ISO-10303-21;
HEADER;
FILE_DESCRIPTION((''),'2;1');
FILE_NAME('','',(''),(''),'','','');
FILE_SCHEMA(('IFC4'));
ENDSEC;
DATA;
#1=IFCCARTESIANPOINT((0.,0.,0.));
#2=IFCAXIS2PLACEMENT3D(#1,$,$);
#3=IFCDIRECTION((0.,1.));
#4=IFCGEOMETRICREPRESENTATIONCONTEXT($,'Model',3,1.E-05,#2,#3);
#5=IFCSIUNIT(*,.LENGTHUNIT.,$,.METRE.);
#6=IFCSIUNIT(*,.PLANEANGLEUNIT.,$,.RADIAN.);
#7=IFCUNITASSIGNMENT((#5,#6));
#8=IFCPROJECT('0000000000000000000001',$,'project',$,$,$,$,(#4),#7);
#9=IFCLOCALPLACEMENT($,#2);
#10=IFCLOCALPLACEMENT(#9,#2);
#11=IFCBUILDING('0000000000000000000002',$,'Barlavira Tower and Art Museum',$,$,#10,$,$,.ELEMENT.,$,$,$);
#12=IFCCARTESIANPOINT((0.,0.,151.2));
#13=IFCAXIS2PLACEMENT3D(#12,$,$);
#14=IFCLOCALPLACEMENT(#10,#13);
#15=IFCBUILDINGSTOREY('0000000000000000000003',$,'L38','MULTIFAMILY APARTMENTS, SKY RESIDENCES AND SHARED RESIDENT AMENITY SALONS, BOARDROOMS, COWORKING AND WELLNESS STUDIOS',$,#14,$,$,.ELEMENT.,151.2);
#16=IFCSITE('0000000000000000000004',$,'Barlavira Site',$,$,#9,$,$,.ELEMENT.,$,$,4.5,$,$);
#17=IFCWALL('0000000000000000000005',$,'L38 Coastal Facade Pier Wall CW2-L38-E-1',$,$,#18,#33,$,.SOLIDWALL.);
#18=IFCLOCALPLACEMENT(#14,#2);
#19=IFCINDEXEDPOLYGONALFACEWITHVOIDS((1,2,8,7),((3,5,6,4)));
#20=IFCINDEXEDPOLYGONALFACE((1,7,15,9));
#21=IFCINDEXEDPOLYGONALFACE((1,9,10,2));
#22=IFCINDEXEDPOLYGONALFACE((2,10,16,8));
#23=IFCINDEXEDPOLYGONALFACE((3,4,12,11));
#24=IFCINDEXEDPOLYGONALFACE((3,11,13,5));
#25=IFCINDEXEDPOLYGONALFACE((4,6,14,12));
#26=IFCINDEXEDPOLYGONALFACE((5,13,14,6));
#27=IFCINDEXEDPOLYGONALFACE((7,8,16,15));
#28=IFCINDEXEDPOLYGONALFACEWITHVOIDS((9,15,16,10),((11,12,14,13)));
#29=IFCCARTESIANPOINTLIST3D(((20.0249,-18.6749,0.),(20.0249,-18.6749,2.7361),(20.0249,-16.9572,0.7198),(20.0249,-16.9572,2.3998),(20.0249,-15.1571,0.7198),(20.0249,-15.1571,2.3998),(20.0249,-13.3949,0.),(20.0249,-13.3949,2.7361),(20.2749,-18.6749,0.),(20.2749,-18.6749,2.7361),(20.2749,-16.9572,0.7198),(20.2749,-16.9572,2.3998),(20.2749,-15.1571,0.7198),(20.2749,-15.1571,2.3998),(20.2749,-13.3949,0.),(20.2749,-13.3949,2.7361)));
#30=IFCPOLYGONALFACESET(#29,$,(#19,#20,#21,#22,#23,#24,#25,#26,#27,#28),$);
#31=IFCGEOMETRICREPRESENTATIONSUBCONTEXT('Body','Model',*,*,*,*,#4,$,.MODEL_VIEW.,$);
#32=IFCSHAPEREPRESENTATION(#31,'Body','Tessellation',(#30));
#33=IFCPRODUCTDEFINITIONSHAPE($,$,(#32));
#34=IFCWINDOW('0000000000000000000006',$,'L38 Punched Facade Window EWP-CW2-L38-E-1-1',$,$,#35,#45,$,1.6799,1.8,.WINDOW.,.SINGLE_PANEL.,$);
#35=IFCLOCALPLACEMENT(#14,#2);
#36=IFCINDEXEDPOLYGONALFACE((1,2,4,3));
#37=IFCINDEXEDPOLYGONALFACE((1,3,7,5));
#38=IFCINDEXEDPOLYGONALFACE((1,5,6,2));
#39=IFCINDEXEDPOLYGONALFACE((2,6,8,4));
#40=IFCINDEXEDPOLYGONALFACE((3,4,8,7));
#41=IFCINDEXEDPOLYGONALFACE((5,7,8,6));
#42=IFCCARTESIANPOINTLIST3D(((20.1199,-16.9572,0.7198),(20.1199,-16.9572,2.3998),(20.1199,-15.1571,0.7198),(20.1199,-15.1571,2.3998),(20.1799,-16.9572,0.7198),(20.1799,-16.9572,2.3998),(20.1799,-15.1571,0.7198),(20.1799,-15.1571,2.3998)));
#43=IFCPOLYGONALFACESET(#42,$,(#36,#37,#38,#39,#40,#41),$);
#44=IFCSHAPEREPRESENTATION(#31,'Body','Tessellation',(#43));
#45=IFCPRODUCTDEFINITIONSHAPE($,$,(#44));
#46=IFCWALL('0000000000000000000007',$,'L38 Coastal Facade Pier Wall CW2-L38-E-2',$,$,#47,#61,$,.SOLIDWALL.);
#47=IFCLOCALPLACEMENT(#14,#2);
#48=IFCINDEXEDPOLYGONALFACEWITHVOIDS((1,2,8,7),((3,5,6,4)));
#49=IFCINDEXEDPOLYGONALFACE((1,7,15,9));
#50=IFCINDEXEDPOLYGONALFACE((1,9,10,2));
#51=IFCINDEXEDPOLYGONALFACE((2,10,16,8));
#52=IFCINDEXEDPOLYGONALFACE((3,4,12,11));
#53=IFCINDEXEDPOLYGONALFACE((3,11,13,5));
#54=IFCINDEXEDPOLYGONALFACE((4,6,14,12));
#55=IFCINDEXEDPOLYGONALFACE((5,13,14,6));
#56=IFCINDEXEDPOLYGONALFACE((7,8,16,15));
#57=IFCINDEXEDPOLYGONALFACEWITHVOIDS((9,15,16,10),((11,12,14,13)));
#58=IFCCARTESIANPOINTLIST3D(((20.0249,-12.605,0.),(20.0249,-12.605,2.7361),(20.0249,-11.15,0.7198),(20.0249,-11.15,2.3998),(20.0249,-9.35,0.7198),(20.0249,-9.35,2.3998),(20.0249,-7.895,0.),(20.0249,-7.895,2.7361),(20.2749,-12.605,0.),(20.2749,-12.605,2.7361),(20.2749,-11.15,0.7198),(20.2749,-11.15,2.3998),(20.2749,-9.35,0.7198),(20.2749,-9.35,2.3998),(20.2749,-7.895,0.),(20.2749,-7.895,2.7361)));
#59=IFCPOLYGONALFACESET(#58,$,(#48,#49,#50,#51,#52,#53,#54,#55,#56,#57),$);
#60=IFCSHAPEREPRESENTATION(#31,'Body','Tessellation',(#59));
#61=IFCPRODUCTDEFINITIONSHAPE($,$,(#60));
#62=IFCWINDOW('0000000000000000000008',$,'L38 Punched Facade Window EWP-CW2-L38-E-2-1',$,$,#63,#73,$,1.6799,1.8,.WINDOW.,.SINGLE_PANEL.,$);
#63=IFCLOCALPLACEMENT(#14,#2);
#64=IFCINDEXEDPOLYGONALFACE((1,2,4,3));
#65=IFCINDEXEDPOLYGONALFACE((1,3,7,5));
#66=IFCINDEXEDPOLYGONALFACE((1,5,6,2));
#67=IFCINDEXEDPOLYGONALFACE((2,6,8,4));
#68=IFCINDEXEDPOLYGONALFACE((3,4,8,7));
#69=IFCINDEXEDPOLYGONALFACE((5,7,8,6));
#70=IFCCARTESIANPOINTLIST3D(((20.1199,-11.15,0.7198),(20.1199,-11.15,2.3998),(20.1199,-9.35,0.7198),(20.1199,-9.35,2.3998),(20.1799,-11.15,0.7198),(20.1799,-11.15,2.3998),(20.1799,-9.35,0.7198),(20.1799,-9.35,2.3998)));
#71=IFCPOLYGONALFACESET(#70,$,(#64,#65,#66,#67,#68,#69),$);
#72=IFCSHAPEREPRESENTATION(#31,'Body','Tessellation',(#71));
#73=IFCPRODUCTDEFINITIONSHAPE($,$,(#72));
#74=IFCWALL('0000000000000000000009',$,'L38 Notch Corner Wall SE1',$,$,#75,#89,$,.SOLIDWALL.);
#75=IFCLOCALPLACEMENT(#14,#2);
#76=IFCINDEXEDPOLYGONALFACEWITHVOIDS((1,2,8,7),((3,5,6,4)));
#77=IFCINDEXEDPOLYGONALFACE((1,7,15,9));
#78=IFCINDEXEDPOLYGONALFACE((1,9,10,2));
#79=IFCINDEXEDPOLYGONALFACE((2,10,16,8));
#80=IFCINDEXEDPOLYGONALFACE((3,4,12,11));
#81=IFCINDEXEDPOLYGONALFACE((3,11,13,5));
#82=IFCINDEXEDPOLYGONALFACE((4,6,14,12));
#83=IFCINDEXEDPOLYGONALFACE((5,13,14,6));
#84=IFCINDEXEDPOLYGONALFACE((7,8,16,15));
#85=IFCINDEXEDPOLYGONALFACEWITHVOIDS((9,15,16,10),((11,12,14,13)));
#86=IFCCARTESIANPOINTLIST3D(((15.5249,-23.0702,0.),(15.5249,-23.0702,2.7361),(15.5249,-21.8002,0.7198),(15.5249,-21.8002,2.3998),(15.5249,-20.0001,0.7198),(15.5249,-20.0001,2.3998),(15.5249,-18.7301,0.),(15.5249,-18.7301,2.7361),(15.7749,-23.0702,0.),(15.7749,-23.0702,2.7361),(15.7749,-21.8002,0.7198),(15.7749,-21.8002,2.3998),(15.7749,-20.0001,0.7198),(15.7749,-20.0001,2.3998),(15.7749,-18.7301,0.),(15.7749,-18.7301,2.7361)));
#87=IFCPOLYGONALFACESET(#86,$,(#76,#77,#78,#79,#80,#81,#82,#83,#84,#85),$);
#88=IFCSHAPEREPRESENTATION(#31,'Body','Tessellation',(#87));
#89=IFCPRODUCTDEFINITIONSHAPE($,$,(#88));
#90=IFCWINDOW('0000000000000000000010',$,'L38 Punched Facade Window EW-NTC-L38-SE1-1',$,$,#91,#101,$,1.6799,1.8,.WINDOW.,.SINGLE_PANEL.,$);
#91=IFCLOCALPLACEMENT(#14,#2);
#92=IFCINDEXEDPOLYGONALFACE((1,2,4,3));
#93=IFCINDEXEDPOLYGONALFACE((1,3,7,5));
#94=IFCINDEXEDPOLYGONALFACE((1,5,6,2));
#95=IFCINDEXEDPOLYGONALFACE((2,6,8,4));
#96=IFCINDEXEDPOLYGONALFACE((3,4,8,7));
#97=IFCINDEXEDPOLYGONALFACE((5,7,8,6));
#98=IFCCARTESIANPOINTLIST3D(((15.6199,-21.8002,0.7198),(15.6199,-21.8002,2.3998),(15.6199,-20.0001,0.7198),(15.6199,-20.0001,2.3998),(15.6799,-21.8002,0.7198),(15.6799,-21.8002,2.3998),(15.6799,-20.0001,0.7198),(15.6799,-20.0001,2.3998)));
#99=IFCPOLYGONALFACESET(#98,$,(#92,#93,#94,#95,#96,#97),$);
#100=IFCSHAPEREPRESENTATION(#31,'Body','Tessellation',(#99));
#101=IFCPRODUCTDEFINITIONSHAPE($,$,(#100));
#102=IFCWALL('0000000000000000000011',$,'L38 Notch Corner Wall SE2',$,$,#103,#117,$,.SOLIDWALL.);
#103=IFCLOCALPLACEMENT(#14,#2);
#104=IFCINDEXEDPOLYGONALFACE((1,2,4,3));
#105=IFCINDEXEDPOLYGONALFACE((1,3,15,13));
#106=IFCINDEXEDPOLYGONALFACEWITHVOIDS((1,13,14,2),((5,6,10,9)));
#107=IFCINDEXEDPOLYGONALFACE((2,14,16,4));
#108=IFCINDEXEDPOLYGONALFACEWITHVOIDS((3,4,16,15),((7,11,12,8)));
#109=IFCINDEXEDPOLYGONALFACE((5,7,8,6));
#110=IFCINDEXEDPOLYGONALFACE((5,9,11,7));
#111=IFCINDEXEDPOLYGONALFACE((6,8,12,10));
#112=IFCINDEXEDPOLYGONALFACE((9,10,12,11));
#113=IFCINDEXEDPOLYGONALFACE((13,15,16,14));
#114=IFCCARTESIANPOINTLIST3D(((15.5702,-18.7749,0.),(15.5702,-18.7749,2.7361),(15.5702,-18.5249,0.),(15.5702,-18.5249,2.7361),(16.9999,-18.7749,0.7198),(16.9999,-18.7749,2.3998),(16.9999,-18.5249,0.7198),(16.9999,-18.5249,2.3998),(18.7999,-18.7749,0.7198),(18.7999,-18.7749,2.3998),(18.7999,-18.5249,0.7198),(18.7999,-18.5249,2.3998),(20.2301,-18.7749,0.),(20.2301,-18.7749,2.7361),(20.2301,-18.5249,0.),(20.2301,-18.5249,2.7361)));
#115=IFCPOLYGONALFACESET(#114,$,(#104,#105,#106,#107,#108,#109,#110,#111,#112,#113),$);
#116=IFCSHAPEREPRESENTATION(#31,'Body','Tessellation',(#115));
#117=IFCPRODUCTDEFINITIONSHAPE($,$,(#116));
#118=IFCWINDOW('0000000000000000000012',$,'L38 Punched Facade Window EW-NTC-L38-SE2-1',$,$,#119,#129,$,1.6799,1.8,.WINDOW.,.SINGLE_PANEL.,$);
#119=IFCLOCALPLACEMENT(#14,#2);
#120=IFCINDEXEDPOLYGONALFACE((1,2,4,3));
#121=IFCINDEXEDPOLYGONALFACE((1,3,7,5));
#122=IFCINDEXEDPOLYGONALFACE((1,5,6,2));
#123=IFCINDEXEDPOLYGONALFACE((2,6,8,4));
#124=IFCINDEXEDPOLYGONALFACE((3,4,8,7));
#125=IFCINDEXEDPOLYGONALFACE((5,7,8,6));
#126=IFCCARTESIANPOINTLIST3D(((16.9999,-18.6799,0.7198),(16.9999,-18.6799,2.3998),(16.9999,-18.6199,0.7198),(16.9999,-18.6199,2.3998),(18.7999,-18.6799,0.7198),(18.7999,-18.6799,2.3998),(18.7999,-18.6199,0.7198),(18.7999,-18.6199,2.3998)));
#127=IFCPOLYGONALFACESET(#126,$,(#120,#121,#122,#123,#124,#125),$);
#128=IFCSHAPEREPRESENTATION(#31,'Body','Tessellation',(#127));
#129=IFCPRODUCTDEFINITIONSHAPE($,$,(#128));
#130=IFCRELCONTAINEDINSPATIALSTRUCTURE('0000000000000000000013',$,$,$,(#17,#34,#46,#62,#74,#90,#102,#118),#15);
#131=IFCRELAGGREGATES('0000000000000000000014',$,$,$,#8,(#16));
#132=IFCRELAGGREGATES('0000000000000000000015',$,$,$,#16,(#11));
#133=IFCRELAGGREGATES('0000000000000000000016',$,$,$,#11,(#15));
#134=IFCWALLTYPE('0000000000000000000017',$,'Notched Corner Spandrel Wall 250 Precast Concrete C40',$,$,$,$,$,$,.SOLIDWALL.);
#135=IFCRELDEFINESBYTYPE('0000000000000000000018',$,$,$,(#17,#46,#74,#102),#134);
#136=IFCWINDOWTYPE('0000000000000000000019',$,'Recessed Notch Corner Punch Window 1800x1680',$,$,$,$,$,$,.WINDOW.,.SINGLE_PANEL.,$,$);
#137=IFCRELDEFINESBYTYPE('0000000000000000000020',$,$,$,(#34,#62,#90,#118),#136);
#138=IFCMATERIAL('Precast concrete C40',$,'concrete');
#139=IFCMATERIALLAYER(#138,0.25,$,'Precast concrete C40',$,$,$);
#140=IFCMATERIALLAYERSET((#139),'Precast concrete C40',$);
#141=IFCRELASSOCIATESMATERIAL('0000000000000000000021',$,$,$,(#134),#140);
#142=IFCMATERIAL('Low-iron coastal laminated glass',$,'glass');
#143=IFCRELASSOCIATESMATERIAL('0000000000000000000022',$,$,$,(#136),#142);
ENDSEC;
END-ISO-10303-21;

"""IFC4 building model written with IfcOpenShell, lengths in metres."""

from ifc_helpers import new_model, si_unit, direction, frame, frame_2d, origin, place, context, subcontext, project, spatial, rectangle, extrude, material, layer, layer_set, type_object, element, fill, save


model = new_model("IFC4")

# Units and contexts
model_context = context("Model", 3, precision=1e-05, world=origin(), true_north=direction((0.0, 1.0)))
body_context = subcontext(model_context, "Body", "Model", "MODEL_VIEW")
ifc_project = project(units=[si_unit("LENGTHUNIT", "METRE"), si_unit("PLANEANGLEUNIT", "RADIAN")], contexts=[model_context])

# Site, building, storey
site_placement = place(None, origin())
site = spatial("IfcSite", under=ifc_project, at=site_placement, Name="Barlavira Site", CompositionType="ELEMENT", RefElevation=4.5)
building_placement = place(site_placement, origin())
building = spatial("IfcBuilding", under=site, at=building_placement, Name="Barlavira Tower and Art Museum", CompositionType="ELEMENT")
storey_placement = place(building_placement, frame((0.0, 0.0, 151.2)))
storey = spatial("IfcBuildingStorey", under=building, at=storey_placement, Name="L38", Description="MULTIFAMILY APARTMENTS, SKY RESIDENCES AND SHARED RESIDENT AMENITY SALONS, BOARDROOMS, COWORKING AND WELLNESS STUDIOS", CompositionType="ELEMENT", Elevation=151.2)

# Walls, openings, windows
ifc_material_1 = material(Name="Precast concrete C40", Category="concrete")
ifc_layer_1 = layer(ifc_material_1, 0.25, Name="Precast concrete C40")
ifc_layer_set_1 = layer_set([ifc_layer_1], Name="Precast concrete C40")
wall_type_1 = type_object("IfcWallType", Name="Notched Corner Spandrel Wall 250 Precast Concrete C40", PredefinedType="SOLIDWALL", material=ifc_layer_set_1)
ifc_material_2 = material(Name="Low-iron coastal laminated glass", Category="glass")
window_type = type_object("IfcWindowType", Name="Recessed Notch Corner Punch Window 1800x1680", PartitioningType="SINGLE_PANEL", PredefinedType="WINDOW", material=ifc_material_2)
wall_1_placement = place(storey_placement, frame((20.1499, -18.675, 0.0), z_axis=(0.0, 0.0, 1.0), x_axis=(0.0, 1.0, 0.0)))
wall_1 = element("IfcWall", 1, at=wall_1_placement, inside=storey, type_object=wall_type_1, Name="L38 Coastal Facade Pier Wall CW2-L38-E-1", PredefinedType="SOLIDWALL", context=body_context, shape_type="SweptSolid", body=[
    extrude(rectangle(XDim=5.28, YDim=0.25, at=frame_2d((2.6401, 0.0))), origin(), (0.0, 0.0, 1.0), 2.7361),
])
opening_1_placement = place(wall_1_placement, frame((1.718, 0.0, 0.72)))
opening_1 = element("IfcOpeningElement", 2, at=opening_1_placement, cuts=wall_1, PredefinedType="OPENING", context=body_context, shape_type="SweptSolid", body=[
    extrude(rectangle(XDim=1.8, YDim=1.6799, at=frame_2d((0.8999, 0.8398))), frame((0.0, 0.135, 0.0), z_axis=(0.0, -1.0, 0.0), x_axis=(1.0, 0.0, 0.0)), (0.0, 0.0, 1.0), 0.27),
])
window_1_placement = place(opening_1_placement, origin())
window_1 = element("IfcWindow", 3, at=window_1_placement, inside=storey, type_object=window_type, Name="L38 Punched Facade Window EWP-CW2-L38-E-1-1", OverallHeight=1.6799, OverallWidth=1.8, PartitioningType="SINGLE_PANEL", PredefinedType="WINDOW", context=body_context, shape_type="SweptSolid", body=[
    extrude(rectangle(XDim=1.8, YDim=1.6799, at=frame_2d((0.8999, 0.8398))), frame((0.0, 0.03, 0.0), z_axis=(0.0, -1.0, 0.0), x_axis=(1.0, 0.0, 0.0)), (0.0, 0.0, 1.0), 0.0601),
])
fill(opening_1, window_1)
wall_2_placement = place(storey_placement, frame((20.1499, -12.605, 0.0), z_axis=(0.0, 0.0, 1.0), x_axis=(0.0, 1.0, 0.0)))
wall_2 = element("IfcWall", 4, at=wall_2_placement, inside=storey, type_object=wall_type_1, Name="L38 Coastal Facade Pier Wall CW2-L38-E-2", PredefinedType="SOLIDWALL", context=body_context, shape_type="SweptSolid", body=[
    extrude(rectangle(XDim=4.71, YDim=0.25, at=frame_2d((2.355, 0.0))), origin(), (0.0, 0.0, 1.0), 2.7361),
])
opening_2_placement = place(wall_2_placement, frame((1.4551, 0.0, 0.72)))
opening_2 = element("IfcOpeningElement", 5, at=opening_2_placement, cuts=wall_2, PredefinedType="OPENING", context=body_context, shape_type="SweptSolid", body=[
    extrude(rectangle(XDim=1.8, YDim=1.6799, at=frame_2d((0.8999, 0.8398))), frame((0.0, 0.135, 0.0), z_axis=(0.0, -1.0, 0.0), x_axis=(1.0, 0.0, 0.0)), (0.0, 0.0, 1.0), 0.27),
])
window_2_placement = place(opening_2_placement, origin())
window_2 = element("IfcWindow", 6, at=window_2_placement, inside=storey, type_object=window_type, Name="L38 Punched Facade Window EWP-CW2-L38-E-2-1", OverallHeight=1.6799, OverallWidth=1.8, PartitioningType="SINGLE_PANEL", PredefinedType="WINDOW", context=body_context, shape_type="SweptSolid", body=[
    extrude(rectangle(XDim=1.8, YDim=1.6799, at=frame_2d((0.8999, 0.8398))), frame((0.0, 0.03, 0.0), z_axis=(0.0, -1.0, 0.0), x_axis=(1.0, 0.0, 0.0)), (0.0, 0.0, 1.0), 0.0601),
])
fill(opening_2, window_2)
wall_3_placement = place(storey_placement, frame((15.6499, -23.0701, 0.0), z_axis=(0.0, 0.0, 1.0), x_axis=(0.0, 1.0, 0.0)))
wall_3 = element("IfcWall", 7, at=wall_3_placement, inside=storey, type_object=wall_type_1, Name="L38 Notch Corner Wall SE1", PredefinedType="SOLIDWALL", context=body_context, shape_type="SweptSolid", body=[
    extrude(rectangle(XDim=4.3401, YDim=0.25, at=frame_2d((2.1699, 0.0))), origin(), (0.0, 0.0, 1.0), 2.7361),
])
opening_3_placement = place(wall_3_placement, frame((1.27, 0.0, 0.72)))
opening_3 = element("IfcOpeningElement", 8, at=opening_3_placement, cuts=wall_3, PredefinedType="OPENING", context=body_context, shape_type="SweptSolid", body=[
    extrude(rectangle(XDim=1.8, YDim=1.6799, at=frame_2d((0.8999, 0.8398))), frame((0.0, 0.135, 0.0), z_axis=(0.0, -1.0, 0.0), x_axis=(1.0, 0.0, 0.0)), (0.0, 0.0, 1.0), 0.27),
])
window_3_placement = place(opening_3_placement, origin())
window_3 = element("IfcWindow", 9, at=window_3_placement, inside=storey, type_object=window_type, Name="L38 Punched Facade Window EW-NTC-L38-SE1-1", OverallHeight=1.6799, OverallWidth=1.8, PartitioningType="SINGLE_PANEL", PredefinedType="WINDOW", context=body_context, shape_type="SweptSolid", body=[
    extrude(rectangle(XDim=1.8, YDim=1.6799, at=frame_2d((0.8999, 0.8398))), frame((0.0, 0.03, 0.0), z_axis=(0.0, -1.0, 0.0), x_axis=(1.0, 0.0, 0.0)), (0.0, 0.0, 1.0), 0.0601),
])
fill(opening_3, window_3)
wall_4_placement = place(storey_placement, frame((15.5701, -18.6499, 0.0), z_axis=(0.0, 0.0, 1.0), x_axis=(1.0, 0.0, 0.0)))
wall_4 = element("IfcWall", 10, at=wall_4_placement, inside=storey, type_object=wall_type_1, Name="L38 Notch Corner Wall SE2", PredefinedType="SOLIDWALL", context=body_context, shape_type="SweptSolid", body=[
    extrude(rectangle(XDim=4.6599, YDim=0.25, at=frame_2d((2.3301, 0.0))), origin(), (0.0, 0.0, 1.0), 2.7361),
])
opening_4_placement = place(wall_4_placement, frame((1.4299, 0.0, 0.72)))
opening_4 = element("IfcOpeningElement", 11, at=opening_4_placement, cuts=wall_4, PredefinedType="OPENING", context=body_context, shape_type="SweptSolid", body=[
    extrude(rectangle(XDim=1.8, YDim=1.6799, at=frame_2d((0.8999, 0.8398))), frame((0.0, 0.135, 0.0), z_axis=(0.0, -1.0, 0.0), x_axis=(1.0, 0.0, 0.0)), (0.0, 0.0, 1.0), 0.27),
])
window_4_placement = place(opening_4_placement, origin())
window_4 = element("IfcWindow", 12, at=window_4_placement, inside=storey, type_object=window_type, Name="L38 Punched Facade Window EW-NTC-L38-SE2-1", OverallHeight=1.6799, OverallWidth=1.8, PartitioningType="SINGLE_PANEL", PredefinedType="WINDOW", context=body_context, shape_type="SweptSolid", body=[
    extrude(rectangle(XDim=1.8, YDim=1.6799, at=frame_2d((0.8999, 0.8398))), frame((0.0, 0.03, 0.0), z_axis=(0.0, -1.0, 0.0), x_axis=(1.0, 0.0, 0.0)), (0.0, 0.0, 1.0), 0.0601),
])
fill(opening_4, window_4)

save(model, "model.ifc")
